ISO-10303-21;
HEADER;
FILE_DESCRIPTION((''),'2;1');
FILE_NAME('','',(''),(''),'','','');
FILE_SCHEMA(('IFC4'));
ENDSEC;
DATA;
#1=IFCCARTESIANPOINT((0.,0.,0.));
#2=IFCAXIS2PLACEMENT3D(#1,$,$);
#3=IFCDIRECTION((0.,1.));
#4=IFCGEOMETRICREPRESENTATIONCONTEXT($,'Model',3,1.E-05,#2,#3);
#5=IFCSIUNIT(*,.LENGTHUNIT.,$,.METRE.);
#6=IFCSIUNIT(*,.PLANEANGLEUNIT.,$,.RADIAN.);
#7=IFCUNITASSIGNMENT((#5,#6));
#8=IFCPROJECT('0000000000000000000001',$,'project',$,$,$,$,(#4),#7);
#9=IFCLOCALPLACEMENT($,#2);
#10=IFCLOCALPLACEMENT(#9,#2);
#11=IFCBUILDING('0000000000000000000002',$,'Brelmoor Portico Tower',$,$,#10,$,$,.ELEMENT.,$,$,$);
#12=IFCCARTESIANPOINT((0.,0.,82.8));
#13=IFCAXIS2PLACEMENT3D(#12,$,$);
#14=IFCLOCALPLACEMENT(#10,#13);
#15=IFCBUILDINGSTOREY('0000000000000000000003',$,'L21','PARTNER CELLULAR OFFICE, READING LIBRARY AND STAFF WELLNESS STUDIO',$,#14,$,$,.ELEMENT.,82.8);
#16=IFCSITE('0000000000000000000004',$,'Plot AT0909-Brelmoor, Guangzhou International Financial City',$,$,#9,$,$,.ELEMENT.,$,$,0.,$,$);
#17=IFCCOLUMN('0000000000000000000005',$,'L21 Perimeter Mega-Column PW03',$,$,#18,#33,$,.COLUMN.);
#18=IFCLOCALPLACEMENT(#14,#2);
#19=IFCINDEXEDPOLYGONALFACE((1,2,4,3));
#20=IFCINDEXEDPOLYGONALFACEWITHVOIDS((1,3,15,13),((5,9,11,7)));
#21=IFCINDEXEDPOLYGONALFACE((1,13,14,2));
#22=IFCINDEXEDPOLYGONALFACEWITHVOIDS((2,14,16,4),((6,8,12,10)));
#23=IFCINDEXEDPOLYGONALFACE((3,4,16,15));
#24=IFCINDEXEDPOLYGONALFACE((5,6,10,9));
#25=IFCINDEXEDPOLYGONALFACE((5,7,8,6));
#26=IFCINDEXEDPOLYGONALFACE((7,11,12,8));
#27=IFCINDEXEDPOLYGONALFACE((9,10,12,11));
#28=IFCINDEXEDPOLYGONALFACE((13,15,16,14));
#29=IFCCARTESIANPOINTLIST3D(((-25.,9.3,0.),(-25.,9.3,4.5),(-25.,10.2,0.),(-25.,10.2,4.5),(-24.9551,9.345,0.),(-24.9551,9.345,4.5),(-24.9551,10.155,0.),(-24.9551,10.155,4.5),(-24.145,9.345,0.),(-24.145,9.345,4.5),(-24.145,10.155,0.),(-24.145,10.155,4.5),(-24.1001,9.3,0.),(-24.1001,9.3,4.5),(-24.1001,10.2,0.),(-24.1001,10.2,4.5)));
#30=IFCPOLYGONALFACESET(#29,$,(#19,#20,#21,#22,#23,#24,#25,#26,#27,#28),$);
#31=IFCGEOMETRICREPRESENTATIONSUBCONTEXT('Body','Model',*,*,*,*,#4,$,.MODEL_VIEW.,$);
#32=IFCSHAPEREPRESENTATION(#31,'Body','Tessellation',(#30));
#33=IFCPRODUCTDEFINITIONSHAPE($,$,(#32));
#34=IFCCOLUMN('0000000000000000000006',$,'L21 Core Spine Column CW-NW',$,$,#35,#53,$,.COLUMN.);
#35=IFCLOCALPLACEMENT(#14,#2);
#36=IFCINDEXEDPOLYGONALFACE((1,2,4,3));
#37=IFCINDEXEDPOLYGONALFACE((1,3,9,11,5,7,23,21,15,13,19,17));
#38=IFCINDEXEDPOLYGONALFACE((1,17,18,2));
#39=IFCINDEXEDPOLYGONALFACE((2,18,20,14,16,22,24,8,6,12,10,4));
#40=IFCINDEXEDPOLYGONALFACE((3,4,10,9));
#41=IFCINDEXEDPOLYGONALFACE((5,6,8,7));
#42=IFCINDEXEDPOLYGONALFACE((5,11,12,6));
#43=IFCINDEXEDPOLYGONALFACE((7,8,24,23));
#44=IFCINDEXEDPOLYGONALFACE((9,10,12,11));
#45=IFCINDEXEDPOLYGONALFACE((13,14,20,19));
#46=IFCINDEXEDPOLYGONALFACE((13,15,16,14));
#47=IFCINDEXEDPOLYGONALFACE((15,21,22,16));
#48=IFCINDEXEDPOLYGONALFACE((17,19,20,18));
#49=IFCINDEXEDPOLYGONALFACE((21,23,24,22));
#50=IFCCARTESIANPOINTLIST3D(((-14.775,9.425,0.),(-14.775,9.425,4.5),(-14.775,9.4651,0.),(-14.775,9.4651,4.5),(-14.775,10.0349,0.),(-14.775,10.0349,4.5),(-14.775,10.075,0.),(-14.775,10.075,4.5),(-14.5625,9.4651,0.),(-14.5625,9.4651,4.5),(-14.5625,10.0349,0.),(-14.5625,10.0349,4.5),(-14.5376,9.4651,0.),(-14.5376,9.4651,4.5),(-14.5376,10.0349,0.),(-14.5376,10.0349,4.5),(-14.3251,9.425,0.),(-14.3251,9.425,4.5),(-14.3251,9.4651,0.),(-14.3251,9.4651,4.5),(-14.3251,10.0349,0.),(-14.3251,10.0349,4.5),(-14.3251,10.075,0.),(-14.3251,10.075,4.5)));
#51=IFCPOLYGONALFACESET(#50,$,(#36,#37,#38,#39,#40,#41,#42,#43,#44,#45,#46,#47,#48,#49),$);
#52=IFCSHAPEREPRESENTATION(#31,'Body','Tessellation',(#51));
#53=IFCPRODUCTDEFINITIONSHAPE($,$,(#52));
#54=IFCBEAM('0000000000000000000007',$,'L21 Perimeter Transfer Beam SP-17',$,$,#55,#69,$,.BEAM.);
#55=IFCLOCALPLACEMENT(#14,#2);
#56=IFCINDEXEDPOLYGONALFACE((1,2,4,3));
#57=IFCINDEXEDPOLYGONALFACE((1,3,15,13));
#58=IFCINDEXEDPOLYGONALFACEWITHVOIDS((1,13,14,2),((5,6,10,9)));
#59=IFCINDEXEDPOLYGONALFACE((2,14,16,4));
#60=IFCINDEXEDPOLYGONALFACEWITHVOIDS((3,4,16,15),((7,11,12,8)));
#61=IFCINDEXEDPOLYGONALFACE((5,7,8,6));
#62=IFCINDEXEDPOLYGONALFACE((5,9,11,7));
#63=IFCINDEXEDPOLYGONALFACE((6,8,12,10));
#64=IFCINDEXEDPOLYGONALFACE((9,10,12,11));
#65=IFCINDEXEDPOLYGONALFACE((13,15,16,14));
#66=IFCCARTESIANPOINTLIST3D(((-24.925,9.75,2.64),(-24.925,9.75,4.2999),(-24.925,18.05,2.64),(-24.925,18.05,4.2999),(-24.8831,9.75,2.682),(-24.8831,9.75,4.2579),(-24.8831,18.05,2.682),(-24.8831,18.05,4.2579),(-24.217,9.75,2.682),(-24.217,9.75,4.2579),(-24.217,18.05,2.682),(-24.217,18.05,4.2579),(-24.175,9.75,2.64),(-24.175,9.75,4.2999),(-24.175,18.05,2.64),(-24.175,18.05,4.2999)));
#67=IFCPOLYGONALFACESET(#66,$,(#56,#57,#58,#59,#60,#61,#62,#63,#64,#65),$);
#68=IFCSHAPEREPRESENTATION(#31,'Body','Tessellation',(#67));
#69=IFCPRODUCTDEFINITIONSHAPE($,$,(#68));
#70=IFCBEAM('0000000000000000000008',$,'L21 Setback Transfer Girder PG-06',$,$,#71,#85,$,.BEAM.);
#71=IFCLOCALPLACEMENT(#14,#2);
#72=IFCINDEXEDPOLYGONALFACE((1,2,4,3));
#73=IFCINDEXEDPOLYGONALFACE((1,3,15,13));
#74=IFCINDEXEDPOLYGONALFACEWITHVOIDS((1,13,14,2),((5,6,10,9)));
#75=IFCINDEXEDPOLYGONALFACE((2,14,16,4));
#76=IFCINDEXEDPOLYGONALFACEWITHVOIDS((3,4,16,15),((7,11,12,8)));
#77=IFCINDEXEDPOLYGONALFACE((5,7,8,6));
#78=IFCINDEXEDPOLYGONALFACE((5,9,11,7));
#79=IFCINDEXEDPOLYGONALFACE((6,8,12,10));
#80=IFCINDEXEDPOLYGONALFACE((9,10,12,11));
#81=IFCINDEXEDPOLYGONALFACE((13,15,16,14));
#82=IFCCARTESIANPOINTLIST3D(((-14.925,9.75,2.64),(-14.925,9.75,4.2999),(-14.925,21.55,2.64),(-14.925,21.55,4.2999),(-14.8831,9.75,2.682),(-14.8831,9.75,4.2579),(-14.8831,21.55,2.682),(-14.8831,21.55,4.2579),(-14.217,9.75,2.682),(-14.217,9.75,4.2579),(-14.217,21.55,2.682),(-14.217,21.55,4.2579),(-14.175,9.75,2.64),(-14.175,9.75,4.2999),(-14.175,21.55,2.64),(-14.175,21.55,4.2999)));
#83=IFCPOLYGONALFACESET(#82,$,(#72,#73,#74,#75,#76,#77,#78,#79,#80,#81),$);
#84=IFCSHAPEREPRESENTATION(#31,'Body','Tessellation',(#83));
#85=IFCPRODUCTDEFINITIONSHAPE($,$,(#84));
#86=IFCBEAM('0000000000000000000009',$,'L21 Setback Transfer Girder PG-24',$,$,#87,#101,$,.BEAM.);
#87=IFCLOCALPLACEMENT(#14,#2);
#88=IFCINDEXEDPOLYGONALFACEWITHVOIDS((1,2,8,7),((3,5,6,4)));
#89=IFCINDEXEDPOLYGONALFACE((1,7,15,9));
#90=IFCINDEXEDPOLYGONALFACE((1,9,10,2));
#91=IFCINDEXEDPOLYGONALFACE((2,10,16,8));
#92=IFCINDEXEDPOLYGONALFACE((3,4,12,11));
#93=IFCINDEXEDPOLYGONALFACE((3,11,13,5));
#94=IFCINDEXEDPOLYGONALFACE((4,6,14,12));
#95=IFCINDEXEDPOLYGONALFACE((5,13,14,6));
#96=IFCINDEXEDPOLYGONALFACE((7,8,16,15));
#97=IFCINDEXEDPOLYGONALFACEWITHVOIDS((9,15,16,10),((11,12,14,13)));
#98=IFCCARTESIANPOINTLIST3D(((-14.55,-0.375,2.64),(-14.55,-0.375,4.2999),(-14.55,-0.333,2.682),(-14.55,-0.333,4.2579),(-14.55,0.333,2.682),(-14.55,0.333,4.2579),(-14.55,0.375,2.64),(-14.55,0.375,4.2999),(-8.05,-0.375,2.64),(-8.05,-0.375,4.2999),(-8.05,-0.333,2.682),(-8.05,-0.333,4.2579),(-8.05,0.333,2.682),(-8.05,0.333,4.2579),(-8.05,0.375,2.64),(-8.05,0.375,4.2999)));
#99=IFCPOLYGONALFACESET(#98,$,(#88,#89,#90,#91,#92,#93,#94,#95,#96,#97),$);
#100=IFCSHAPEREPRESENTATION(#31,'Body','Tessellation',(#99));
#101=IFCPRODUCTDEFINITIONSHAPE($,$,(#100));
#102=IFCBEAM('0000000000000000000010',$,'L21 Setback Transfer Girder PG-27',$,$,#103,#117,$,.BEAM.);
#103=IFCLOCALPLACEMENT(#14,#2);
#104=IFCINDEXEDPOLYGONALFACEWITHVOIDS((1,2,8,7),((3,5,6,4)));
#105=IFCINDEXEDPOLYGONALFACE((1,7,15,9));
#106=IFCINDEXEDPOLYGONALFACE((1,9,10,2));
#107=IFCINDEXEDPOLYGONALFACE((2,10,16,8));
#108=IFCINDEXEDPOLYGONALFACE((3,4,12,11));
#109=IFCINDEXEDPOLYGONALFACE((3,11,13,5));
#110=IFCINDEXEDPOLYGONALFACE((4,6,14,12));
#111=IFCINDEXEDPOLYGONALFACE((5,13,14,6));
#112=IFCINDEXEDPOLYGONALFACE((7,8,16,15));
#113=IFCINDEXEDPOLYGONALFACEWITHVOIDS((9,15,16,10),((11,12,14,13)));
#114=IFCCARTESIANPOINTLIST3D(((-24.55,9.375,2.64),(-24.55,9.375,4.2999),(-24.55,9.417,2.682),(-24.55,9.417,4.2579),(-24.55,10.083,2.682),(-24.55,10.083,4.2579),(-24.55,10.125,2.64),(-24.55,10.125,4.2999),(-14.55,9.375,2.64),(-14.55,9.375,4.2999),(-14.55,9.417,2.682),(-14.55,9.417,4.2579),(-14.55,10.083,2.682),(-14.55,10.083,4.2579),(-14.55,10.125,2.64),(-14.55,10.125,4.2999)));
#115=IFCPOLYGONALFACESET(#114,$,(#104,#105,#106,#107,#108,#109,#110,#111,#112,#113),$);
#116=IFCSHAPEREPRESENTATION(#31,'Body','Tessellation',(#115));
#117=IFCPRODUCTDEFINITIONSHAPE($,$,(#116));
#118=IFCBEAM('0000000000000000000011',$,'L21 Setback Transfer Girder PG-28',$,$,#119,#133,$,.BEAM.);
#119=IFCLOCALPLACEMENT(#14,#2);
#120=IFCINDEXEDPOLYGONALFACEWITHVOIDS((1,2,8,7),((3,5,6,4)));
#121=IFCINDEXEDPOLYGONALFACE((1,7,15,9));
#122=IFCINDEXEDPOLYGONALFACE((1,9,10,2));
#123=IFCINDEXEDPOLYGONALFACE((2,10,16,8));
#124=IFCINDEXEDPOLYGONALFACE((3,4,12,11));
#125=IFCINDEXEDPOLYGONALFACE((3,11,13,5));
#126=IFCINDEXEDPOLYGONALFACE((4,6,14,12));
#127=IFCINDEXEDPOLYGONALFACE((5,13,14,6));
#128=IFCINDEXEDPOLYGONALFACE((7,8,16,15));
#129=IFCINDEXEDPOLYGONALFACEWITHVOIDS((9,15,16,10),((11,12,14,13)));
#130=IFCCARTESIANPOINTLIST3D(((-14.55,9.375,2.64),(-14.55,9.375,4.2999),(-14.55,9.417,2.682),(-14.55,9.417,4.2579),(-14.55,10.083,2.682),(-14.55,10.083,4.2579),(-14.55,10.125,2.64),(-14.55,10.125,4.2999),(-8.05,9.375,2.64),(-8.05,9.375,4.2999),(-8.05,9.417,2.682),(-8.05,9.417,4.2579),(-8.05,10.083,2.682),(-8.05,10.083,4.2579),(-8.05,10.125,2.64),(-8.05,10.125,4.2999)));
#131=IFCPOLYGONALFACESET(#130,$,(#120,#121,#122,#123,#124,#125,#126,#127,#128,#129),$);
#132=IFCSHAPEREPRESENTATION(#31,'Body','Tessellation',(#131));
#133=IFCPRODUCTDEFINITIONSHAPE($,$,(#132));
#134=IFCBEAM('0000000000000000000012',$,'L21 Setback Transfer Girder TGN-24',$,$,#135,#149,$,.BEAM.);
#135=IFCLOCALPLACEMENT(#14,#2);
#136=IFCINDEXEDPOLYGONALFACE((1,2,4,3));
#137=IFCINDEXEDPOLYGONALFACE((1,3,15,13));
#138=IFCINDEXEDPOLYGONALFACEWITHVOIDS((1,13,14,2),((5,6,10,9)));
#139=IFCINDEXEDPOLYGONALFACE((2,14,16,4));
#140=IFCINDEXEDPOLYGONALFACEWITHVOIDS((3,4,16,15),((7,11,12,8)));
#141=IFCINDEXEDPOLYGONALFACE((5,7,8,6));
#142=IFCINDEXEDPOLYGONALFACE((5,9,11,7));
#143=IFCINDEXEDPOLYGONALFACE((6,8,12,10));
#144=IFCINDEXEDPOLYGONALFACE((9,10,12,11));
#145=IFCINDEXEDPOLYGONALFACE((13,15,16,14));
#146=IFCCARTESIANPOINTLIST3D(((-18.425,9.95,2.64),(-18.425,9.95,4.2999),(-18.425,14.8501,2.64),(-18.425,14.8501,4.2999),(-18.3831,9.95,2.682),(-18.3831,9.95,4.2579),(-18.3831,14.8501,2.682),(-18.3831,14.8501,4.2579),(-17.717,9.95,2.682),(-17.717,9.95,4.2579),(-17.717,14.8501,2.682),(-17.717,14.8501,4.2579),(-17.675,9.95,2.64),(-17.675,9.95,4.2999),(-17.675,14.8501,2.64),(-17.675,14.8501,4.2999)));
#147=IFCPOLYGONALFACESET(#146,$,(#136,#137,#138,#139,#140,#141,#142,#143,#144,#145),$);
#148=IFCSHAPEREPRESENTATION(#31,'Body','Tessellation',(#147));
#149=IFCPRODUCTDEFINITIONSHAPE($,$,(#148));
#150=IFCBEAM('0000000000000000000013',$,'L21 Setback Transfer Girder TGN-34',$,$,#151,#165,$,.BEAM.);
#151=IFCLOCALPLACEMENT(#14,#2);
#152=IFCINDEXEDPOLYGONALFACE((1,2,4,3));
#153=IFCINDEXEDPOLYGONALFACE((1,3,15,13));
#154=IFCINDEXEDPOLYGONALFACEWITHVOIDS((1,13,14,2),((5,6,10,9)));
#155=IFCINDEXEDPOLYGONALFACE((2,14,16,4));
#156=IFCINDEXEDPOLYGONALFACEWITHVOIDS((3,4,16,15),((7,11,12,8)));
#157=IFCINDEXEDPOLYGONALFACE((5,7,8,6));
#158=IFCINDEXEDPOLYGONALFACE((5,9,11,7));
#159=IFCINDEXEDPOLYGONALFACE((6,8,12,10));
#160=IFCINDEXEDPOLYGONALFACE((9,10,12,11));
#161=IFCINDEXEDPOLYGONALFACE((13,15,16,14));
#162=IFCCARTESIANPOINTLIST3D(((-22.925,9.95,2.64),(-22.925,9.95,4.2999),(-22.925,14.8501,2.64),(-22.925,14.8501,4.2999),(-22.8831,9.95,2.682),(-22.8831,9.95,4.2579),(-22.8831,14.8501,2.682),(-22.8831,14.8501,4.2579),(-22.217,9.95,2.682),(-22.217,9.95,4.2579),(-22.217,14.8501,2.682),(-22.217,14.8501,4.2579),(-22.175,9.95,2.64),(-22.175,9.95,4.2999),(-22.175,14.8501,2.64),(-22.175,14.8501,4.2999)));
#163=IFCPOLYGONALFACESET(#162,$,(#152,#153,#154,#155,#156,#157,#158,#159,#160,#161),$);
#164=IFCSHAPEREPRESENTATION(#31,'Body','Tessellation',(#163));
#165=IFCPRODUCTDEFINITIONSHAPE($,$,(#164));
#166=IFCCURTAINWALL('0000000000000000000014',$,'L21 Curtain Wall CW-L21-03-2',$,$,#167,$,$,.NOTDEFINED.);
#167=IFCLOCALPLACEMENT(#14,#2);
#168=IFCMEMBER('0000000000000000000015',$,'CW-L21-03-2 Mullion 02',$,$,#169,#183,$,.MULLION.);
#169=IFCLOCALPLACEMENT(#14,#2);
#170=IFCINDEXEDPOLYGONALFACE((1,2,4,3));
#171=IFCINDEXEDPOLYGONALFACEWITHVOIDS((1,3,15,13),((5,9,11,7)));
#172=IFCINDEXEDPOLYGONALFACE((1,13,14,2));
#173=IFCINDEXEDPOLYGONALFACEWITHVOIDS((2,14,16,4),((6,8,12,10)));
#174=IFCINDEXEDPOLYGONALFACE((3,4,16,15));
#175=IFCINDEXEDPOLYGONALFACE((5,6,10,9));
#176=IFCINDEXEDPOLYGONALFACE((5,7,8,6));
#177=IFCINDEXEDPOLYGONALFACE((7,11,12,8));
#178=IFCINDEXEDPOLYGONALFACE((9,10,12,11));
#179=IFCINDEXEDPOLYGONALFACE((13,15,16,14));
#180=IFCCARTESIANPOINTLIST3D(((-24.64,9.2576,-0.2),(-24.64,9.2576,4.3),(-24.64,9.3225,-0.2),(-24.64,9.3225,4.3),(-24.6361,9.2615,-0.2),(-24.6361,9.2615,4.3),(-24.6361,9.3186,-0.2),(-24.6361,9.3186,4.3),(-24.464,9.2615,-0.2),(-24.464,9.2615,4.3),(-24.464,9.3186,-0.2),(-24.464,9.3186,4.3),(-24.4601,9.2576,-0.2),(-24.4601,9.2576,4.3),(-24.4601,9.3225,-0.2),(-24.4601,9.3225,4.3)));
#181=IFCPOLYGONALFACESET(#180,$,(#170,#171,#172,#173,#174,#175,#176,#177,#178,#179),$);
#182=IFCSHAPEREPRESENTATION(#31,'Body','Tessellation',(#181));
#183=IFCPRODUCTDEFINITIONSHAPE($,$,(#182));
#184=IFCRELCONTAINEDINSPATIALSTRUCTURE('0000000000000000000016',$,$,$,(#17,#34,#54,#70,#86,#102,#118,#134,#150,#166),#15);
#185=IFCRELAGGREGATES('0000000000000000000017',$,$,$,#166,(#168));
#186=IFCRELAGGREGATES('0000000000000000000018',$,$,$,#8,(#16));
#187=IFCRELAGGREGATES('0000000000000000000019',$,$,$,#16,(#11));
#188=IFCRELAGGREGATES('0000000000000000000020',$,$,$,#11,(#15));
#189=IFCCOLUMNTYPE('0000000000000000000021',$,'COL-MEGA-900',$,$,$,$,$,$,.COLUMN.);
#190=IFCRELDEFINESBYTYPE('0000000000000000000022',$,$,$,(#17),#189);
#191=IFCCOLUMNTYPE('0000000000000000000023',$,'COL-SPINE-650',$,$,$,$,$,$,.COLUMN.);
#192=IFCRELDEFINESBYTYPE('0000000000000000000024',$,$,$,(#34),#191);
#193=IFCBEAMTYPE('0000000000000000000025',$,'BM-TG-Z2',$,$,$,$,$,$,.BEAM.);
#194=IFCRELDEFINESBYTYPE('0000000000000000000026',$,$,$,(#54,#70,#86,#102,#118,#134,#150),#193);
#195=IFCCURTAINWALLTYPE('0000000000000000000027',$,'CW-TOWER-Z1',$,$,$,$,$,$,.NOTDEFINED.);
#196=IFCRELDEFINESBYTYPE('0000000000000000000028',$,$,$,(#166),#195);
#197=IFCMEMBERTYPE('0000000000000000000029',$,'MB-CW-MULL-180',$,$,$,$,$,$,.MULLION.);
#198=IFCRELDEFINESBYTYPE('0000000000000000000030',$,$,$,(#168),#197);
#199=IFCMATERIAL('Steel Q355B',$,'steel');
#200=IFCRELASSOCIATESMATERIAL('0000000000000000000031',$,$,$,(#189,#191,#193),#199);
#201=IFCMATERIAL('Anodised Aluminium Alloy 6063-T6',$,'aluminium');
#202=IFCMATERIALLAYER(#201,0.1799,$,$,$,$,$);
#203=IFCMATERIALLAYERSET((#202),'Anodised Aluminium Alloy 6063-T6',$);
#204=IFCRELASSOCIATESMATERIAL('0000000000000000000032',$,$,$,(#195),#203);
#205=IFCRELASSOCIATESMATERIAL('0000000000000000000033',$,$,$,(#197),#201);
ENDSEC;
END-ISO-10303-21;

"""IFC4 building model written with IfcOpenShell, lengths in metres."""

from ifc_helpers import new_model, si_unit, direction, frame, origin, origin_2d, place, context, subcontext, project, spatial, hollow_rectangle, i_section, extrude, material, layer, layer_set, material_profile, profile_set, type_object, element, aggregate, save


model = new_model("IFC4")

# Units and contexts
model_context = context("Model", 3, precision=1e-05, world=origin(), true_north=direction((0.0, 1.0)))
body_context = subcontext(model_context, "Body", "Model", "MODEL_VIEW")
ifc_project = project(units=[si_unit("LENGTHUNIT", "METRE"), si_unit("PLANEANGLEUNIT", "RADIAN")], contexts=[model_context])

# Site, building, storey
site_placement = place(None, origin())
site = spatial("IfcSite", under=ifc_project, at=site_placement, Name="Plot AT0909-Brelmoor, Guangzhou International Financial City", CompositionType="ELEMENT", RefElevation=0.0)
building_placement = place(site_placement, origin())
building = spatial("IfcBuilding", under=site, at=building_placement, Name="Brelmoor Portico Tower", CompositionType="ELEMENT")
storey_placement = place(building_placement, frame((0.0, 0.0, 82.8)))
storey = spatial("IfcBuildingStorey", under=building, at=storey_placement, Name="L21", Description="PARTNER CELLULAR OFFICE, READING LIBRARY AND STAFF WELLNESS STUDIO", CompositionType="ELEMENT", Elevation=82.8)

# Columns
ifc_material_1 = material(Name="Steel Q355B", Category="steel")
ifc_material_profile_1 = material_profile(ifc_material_1, hollow_rectangle(XDim=0.8999, YDim=0.8999, WallThickness=0.0449, at=origin_2d()), Name="BOX 900x900x45")
ifc_profile_set_1 = profile_set([ifc_material_profile_1], Name="Steel Q355B")
column_type_1 = type_object("IfcColumnType", Name="COL-MEGA-900", PredefinedType="COLUMN", material=ifc_profile_set_1)
column_1_placement = place(storey_placement, frame((-24.55, 9.75, 0.0), z_axis=(0.0, 0.0, 1.0), x_axis=(0.0, 1.0, 0.0)))
element("IfcColumn", 1, at=column_1_placement, inside=storey, type_object=column_type_1, Name="L21 Perimeter Mega-Column PW03", PredefinedType="COLUMN", context=body_context, shape_type="SweptSolid", body=[
    extrude(hollow_rectangle(XDim=0.8999, YDim=0.8999, WallThickness=0.0449, at=origin_2d()), origin(), (0.0, 0.0, 1.0), 4.5),
])
ifc_material_profile_2 = material_profile(ifc_material_1, i_section(OverallWidth=0.45, OverallDepth=0.6499, WebThickness=0.0249, FlangeThickness=0.04, at=origin_2d()), Name="HW 650x450x25x40")
ifc_profile_set_2 = profile_set([ifc_material_profile_2], Name="Steel Q355B")
column_type_2 = type_object("IfcColumnType", Name="COL-SPINE-650", PredefinedType="COLUMN", material=ifc_profile_set_2)
column_2_placement = place(storey_placement, frame((-14.55, 9.75, 0.0), z_axis=(0.0, 0.0, 1.0), x_axis=(1.0, 0.0, 0.0)))
element("IfcColumn", 2, at=column_2_placement, inside=storey, type_object=column_type_2, Name="L21 Core Spine Column CW-NW", PredefinedType="COLUMN", context=body_context, shape_type="SweptSolid", body=[
    extrude(i_section(OverallWidth=0.45, OverallDepth=0.6499, WebThickness=0.0249, FlangeThickness=0.04, at=origin_2d()), origin(), (0.0, 0.0, 1.0), 4.5),
])

# Beams
ifc_material_profile_3 = material_profile(ifc_material_1, hollow_rectangle(XDim=0.75, YDim=1.6599, WallThickness=0.042, at=origin_2d()), Name="BOX 750x1660x42")
ifc_profile_set_3 = profile_set([ifc_material_profile_3], Name="Steel Q355B")
beam_type = type_object("IfcBeamType", Name="BM-TG-Z2", PredefinedType="BEAM", material=ifc_profile_set_3)
beam_1_placement = place(storey_placement, frame((-24.55, 9.75, 3.47), z_axis=(0.0, 1.0, 0.0), x_axis=(-1.0, 0.0, 0.0)))
element("IfcBeam", 3, at=beam_1_placement, inside=storey, type_object=beam_type, Name="L21 Perimeter Transfer Beam SP-17", PredefinedType="BEAM", context=body_context, shape_type="SweptSolid", body=[
    extrude(hollow_rectangle(XDim=0.75, YDim=1.6599, WallThickness=0.042, at=origin_2d()), origin(), (0.0, 0.0, 1.0), 8.3),
])
beam_2_placement = place(storey_placement, frame((-14.55, 9.75, 3.47), z_axis=(0.0, 1.0, 0.0), x_axis=(-1.0, 0.0, 0.0)))
element("IfcBeam", 4, at=beam_2_placement, inside=storey, type_object=beam_type, Name="L21 Setback Transfer Girder PG-06", PredefinedType="BEAM", context=body_context, shape_type="SweptSolid", body=[
    extrude(hollow_rectangle(XDim=0.75, YDim=1.6599, WallThickness=0.042, at=origin_2d()), origin(), (0.0, 0.0, 1.0), 11.8),
])
beam_3_placement = place(storey_placement, frame((-14.55, 0.0, 3.47), z_axis=(1.0, 0.0, 0.0), x_axis=(0.0, 1.0, 0.0)))
element("IfcBeam", 5, at=beam_3_placement, inside=storey, type_object=beam_type, Name="L21 Setback Transfer Girder PG-24", PredefinedType="BEAM", context=body_context, shape_type="SweptSolid", body=[
    extrude(hollow_rectangle(XDim=0.75, YDim=1.6599, WallThickness=0.042, at=origin_2d()), origin(), (0.0, 0.0, 1.0), 6.5),
])
beam_4_placement = place(storey_placement, frame((-24.55, 9.75, 3.47), z_axis=(1.0, 0.0, 0.0), x_axis=(0.0, 1.0, 0.0)))
element("IfcBeam", 6, at=beam_4_placement, inside=storey, type_object=beam_type, Name="L21 Setback Transfer Girder PG-27", PredefinedType="BEAM", context=body_context, shape_type="SweptSolid", body=[
    extrude(hollow_rectangle(XDim=0.75, YDim=1.6599, WallThickness=0.042, at=origin_2d()), origin(), (0.0, 0.0, 1.0), 10.0),
])
beam_5_placement = place(storey_placement, frame((-14.55, 9.75, 3.47), z_axis=(1.0, 0.0, 0.0), x_axis=(0.0, 1.0, 0.0)))
element("IfcBeam", 7, at=beam_5_placement, inside=storey, type_object=beam_type, Name="L21 Setback Transfer Girder PG-28", PredefinedType="BEAM", context=body_context, shape_type="SweptSolid", body=[
    extrude(hollow_rectangle(XDim=0.75, YDim=1.6599, WallThickness=0.042, at=origin_2d()), origin(), (0.0, 0.0, 1.0), 6.5),
])
for number, where, z_axis, x_axis, name in (
    (8, (-18.05, 9.95, 3.47), (0.0, 1.0, 0.0), (-1.0, 0.0, 0.0), "L21 Setback Transfer Girder TGN-24"),
    (9, (-22.55, 9.95, 3.47), (0.0, 1.0, 0.0), (-1.0, 0.0, 0.0), "L21 Setback Transfer Girder TGN-34"),
):
    element("IfcBeam", number, at=place(storey_placement, frame(where, z_axis=z_axis, x_axis=x_axis)), inside=storey, type_object=beam_type, Name=name, PredefinedType="BEAM", context=body_context, shape_type="SweptSolid", body=[
        extrude(hollow_rectangle(XDim=0.75, YDim=1.6599, WallThickness=0.042, at=origin_2d()), origin(), (0.0, 0.0, 1.0), 4.9001),
    ])

# Curtain wall, member
ifc_material_2 = material(Name="Anodised Aluminium Alloy 6063-T6", Category="aluminium")
ifc_layer_1 = layer(ifc_material_2, 0.1799)
ifc_layer_set_1 = layer_set([ifc_layer_1], Name="Anodised Aluminium Alloy 6063-T6")
curtain_wall_type = type_object("IfcCurtainWallType", Name="CW-TOWER-Z1", PredefinedType="NOTDEFINED", material=ifc_layer_set_1)
curtain_wall_placement = place(storey_placement, origin())
curtain_wall = element("IfcCurtainWall", 10, at=curtain_wall_placement, inside=storey, type_object=curtain_wall_type, Name="L21 Curtain Wall CW-L21-03-2", PredefinedType="NOTDEFINED")
ifc_material_profile_4 = material_profile(ifc_material_2, hollow_rectangle(XDim=0.0649, YDim=0.1799, WallThickness=0.0039, at=origin_2d()), Name="ALU MULLION 65x180")
ifc_profile_set_4 = profile_set([ifc_material_profile_4], Name="Anodised Aluminium Alloy 6063-T6")
member_type = type_object("IfcMemberType", Name="MB-CW-MULL-180", PredefinedType="MULLION", material=ifc_profile_set_4)
member_placement = place(storey_placement, frame((-24.55, 9.29, -0.2), z_axis=(0.0, 0.0, 1.0), x_axis=(0.0, 1.0, 0.0)))
member = element("IfcMember", 11, at=member_placement, type_object=member_type, Name="CW-L21-03-2 Mullion 02", PredefinedType="MULLION", context=body_context, shape_type="SweptSolid", body=[
    extrude(hollow_rectangle(XDim=0.0649, YDim=0.1799, WallThickness=0.0039, at=origin_2d()), origin(), (0.0, 0.0, 1.0), 4.5),
])

aggregate(curtain_wall, [member])

save(model, "model.ifc")
